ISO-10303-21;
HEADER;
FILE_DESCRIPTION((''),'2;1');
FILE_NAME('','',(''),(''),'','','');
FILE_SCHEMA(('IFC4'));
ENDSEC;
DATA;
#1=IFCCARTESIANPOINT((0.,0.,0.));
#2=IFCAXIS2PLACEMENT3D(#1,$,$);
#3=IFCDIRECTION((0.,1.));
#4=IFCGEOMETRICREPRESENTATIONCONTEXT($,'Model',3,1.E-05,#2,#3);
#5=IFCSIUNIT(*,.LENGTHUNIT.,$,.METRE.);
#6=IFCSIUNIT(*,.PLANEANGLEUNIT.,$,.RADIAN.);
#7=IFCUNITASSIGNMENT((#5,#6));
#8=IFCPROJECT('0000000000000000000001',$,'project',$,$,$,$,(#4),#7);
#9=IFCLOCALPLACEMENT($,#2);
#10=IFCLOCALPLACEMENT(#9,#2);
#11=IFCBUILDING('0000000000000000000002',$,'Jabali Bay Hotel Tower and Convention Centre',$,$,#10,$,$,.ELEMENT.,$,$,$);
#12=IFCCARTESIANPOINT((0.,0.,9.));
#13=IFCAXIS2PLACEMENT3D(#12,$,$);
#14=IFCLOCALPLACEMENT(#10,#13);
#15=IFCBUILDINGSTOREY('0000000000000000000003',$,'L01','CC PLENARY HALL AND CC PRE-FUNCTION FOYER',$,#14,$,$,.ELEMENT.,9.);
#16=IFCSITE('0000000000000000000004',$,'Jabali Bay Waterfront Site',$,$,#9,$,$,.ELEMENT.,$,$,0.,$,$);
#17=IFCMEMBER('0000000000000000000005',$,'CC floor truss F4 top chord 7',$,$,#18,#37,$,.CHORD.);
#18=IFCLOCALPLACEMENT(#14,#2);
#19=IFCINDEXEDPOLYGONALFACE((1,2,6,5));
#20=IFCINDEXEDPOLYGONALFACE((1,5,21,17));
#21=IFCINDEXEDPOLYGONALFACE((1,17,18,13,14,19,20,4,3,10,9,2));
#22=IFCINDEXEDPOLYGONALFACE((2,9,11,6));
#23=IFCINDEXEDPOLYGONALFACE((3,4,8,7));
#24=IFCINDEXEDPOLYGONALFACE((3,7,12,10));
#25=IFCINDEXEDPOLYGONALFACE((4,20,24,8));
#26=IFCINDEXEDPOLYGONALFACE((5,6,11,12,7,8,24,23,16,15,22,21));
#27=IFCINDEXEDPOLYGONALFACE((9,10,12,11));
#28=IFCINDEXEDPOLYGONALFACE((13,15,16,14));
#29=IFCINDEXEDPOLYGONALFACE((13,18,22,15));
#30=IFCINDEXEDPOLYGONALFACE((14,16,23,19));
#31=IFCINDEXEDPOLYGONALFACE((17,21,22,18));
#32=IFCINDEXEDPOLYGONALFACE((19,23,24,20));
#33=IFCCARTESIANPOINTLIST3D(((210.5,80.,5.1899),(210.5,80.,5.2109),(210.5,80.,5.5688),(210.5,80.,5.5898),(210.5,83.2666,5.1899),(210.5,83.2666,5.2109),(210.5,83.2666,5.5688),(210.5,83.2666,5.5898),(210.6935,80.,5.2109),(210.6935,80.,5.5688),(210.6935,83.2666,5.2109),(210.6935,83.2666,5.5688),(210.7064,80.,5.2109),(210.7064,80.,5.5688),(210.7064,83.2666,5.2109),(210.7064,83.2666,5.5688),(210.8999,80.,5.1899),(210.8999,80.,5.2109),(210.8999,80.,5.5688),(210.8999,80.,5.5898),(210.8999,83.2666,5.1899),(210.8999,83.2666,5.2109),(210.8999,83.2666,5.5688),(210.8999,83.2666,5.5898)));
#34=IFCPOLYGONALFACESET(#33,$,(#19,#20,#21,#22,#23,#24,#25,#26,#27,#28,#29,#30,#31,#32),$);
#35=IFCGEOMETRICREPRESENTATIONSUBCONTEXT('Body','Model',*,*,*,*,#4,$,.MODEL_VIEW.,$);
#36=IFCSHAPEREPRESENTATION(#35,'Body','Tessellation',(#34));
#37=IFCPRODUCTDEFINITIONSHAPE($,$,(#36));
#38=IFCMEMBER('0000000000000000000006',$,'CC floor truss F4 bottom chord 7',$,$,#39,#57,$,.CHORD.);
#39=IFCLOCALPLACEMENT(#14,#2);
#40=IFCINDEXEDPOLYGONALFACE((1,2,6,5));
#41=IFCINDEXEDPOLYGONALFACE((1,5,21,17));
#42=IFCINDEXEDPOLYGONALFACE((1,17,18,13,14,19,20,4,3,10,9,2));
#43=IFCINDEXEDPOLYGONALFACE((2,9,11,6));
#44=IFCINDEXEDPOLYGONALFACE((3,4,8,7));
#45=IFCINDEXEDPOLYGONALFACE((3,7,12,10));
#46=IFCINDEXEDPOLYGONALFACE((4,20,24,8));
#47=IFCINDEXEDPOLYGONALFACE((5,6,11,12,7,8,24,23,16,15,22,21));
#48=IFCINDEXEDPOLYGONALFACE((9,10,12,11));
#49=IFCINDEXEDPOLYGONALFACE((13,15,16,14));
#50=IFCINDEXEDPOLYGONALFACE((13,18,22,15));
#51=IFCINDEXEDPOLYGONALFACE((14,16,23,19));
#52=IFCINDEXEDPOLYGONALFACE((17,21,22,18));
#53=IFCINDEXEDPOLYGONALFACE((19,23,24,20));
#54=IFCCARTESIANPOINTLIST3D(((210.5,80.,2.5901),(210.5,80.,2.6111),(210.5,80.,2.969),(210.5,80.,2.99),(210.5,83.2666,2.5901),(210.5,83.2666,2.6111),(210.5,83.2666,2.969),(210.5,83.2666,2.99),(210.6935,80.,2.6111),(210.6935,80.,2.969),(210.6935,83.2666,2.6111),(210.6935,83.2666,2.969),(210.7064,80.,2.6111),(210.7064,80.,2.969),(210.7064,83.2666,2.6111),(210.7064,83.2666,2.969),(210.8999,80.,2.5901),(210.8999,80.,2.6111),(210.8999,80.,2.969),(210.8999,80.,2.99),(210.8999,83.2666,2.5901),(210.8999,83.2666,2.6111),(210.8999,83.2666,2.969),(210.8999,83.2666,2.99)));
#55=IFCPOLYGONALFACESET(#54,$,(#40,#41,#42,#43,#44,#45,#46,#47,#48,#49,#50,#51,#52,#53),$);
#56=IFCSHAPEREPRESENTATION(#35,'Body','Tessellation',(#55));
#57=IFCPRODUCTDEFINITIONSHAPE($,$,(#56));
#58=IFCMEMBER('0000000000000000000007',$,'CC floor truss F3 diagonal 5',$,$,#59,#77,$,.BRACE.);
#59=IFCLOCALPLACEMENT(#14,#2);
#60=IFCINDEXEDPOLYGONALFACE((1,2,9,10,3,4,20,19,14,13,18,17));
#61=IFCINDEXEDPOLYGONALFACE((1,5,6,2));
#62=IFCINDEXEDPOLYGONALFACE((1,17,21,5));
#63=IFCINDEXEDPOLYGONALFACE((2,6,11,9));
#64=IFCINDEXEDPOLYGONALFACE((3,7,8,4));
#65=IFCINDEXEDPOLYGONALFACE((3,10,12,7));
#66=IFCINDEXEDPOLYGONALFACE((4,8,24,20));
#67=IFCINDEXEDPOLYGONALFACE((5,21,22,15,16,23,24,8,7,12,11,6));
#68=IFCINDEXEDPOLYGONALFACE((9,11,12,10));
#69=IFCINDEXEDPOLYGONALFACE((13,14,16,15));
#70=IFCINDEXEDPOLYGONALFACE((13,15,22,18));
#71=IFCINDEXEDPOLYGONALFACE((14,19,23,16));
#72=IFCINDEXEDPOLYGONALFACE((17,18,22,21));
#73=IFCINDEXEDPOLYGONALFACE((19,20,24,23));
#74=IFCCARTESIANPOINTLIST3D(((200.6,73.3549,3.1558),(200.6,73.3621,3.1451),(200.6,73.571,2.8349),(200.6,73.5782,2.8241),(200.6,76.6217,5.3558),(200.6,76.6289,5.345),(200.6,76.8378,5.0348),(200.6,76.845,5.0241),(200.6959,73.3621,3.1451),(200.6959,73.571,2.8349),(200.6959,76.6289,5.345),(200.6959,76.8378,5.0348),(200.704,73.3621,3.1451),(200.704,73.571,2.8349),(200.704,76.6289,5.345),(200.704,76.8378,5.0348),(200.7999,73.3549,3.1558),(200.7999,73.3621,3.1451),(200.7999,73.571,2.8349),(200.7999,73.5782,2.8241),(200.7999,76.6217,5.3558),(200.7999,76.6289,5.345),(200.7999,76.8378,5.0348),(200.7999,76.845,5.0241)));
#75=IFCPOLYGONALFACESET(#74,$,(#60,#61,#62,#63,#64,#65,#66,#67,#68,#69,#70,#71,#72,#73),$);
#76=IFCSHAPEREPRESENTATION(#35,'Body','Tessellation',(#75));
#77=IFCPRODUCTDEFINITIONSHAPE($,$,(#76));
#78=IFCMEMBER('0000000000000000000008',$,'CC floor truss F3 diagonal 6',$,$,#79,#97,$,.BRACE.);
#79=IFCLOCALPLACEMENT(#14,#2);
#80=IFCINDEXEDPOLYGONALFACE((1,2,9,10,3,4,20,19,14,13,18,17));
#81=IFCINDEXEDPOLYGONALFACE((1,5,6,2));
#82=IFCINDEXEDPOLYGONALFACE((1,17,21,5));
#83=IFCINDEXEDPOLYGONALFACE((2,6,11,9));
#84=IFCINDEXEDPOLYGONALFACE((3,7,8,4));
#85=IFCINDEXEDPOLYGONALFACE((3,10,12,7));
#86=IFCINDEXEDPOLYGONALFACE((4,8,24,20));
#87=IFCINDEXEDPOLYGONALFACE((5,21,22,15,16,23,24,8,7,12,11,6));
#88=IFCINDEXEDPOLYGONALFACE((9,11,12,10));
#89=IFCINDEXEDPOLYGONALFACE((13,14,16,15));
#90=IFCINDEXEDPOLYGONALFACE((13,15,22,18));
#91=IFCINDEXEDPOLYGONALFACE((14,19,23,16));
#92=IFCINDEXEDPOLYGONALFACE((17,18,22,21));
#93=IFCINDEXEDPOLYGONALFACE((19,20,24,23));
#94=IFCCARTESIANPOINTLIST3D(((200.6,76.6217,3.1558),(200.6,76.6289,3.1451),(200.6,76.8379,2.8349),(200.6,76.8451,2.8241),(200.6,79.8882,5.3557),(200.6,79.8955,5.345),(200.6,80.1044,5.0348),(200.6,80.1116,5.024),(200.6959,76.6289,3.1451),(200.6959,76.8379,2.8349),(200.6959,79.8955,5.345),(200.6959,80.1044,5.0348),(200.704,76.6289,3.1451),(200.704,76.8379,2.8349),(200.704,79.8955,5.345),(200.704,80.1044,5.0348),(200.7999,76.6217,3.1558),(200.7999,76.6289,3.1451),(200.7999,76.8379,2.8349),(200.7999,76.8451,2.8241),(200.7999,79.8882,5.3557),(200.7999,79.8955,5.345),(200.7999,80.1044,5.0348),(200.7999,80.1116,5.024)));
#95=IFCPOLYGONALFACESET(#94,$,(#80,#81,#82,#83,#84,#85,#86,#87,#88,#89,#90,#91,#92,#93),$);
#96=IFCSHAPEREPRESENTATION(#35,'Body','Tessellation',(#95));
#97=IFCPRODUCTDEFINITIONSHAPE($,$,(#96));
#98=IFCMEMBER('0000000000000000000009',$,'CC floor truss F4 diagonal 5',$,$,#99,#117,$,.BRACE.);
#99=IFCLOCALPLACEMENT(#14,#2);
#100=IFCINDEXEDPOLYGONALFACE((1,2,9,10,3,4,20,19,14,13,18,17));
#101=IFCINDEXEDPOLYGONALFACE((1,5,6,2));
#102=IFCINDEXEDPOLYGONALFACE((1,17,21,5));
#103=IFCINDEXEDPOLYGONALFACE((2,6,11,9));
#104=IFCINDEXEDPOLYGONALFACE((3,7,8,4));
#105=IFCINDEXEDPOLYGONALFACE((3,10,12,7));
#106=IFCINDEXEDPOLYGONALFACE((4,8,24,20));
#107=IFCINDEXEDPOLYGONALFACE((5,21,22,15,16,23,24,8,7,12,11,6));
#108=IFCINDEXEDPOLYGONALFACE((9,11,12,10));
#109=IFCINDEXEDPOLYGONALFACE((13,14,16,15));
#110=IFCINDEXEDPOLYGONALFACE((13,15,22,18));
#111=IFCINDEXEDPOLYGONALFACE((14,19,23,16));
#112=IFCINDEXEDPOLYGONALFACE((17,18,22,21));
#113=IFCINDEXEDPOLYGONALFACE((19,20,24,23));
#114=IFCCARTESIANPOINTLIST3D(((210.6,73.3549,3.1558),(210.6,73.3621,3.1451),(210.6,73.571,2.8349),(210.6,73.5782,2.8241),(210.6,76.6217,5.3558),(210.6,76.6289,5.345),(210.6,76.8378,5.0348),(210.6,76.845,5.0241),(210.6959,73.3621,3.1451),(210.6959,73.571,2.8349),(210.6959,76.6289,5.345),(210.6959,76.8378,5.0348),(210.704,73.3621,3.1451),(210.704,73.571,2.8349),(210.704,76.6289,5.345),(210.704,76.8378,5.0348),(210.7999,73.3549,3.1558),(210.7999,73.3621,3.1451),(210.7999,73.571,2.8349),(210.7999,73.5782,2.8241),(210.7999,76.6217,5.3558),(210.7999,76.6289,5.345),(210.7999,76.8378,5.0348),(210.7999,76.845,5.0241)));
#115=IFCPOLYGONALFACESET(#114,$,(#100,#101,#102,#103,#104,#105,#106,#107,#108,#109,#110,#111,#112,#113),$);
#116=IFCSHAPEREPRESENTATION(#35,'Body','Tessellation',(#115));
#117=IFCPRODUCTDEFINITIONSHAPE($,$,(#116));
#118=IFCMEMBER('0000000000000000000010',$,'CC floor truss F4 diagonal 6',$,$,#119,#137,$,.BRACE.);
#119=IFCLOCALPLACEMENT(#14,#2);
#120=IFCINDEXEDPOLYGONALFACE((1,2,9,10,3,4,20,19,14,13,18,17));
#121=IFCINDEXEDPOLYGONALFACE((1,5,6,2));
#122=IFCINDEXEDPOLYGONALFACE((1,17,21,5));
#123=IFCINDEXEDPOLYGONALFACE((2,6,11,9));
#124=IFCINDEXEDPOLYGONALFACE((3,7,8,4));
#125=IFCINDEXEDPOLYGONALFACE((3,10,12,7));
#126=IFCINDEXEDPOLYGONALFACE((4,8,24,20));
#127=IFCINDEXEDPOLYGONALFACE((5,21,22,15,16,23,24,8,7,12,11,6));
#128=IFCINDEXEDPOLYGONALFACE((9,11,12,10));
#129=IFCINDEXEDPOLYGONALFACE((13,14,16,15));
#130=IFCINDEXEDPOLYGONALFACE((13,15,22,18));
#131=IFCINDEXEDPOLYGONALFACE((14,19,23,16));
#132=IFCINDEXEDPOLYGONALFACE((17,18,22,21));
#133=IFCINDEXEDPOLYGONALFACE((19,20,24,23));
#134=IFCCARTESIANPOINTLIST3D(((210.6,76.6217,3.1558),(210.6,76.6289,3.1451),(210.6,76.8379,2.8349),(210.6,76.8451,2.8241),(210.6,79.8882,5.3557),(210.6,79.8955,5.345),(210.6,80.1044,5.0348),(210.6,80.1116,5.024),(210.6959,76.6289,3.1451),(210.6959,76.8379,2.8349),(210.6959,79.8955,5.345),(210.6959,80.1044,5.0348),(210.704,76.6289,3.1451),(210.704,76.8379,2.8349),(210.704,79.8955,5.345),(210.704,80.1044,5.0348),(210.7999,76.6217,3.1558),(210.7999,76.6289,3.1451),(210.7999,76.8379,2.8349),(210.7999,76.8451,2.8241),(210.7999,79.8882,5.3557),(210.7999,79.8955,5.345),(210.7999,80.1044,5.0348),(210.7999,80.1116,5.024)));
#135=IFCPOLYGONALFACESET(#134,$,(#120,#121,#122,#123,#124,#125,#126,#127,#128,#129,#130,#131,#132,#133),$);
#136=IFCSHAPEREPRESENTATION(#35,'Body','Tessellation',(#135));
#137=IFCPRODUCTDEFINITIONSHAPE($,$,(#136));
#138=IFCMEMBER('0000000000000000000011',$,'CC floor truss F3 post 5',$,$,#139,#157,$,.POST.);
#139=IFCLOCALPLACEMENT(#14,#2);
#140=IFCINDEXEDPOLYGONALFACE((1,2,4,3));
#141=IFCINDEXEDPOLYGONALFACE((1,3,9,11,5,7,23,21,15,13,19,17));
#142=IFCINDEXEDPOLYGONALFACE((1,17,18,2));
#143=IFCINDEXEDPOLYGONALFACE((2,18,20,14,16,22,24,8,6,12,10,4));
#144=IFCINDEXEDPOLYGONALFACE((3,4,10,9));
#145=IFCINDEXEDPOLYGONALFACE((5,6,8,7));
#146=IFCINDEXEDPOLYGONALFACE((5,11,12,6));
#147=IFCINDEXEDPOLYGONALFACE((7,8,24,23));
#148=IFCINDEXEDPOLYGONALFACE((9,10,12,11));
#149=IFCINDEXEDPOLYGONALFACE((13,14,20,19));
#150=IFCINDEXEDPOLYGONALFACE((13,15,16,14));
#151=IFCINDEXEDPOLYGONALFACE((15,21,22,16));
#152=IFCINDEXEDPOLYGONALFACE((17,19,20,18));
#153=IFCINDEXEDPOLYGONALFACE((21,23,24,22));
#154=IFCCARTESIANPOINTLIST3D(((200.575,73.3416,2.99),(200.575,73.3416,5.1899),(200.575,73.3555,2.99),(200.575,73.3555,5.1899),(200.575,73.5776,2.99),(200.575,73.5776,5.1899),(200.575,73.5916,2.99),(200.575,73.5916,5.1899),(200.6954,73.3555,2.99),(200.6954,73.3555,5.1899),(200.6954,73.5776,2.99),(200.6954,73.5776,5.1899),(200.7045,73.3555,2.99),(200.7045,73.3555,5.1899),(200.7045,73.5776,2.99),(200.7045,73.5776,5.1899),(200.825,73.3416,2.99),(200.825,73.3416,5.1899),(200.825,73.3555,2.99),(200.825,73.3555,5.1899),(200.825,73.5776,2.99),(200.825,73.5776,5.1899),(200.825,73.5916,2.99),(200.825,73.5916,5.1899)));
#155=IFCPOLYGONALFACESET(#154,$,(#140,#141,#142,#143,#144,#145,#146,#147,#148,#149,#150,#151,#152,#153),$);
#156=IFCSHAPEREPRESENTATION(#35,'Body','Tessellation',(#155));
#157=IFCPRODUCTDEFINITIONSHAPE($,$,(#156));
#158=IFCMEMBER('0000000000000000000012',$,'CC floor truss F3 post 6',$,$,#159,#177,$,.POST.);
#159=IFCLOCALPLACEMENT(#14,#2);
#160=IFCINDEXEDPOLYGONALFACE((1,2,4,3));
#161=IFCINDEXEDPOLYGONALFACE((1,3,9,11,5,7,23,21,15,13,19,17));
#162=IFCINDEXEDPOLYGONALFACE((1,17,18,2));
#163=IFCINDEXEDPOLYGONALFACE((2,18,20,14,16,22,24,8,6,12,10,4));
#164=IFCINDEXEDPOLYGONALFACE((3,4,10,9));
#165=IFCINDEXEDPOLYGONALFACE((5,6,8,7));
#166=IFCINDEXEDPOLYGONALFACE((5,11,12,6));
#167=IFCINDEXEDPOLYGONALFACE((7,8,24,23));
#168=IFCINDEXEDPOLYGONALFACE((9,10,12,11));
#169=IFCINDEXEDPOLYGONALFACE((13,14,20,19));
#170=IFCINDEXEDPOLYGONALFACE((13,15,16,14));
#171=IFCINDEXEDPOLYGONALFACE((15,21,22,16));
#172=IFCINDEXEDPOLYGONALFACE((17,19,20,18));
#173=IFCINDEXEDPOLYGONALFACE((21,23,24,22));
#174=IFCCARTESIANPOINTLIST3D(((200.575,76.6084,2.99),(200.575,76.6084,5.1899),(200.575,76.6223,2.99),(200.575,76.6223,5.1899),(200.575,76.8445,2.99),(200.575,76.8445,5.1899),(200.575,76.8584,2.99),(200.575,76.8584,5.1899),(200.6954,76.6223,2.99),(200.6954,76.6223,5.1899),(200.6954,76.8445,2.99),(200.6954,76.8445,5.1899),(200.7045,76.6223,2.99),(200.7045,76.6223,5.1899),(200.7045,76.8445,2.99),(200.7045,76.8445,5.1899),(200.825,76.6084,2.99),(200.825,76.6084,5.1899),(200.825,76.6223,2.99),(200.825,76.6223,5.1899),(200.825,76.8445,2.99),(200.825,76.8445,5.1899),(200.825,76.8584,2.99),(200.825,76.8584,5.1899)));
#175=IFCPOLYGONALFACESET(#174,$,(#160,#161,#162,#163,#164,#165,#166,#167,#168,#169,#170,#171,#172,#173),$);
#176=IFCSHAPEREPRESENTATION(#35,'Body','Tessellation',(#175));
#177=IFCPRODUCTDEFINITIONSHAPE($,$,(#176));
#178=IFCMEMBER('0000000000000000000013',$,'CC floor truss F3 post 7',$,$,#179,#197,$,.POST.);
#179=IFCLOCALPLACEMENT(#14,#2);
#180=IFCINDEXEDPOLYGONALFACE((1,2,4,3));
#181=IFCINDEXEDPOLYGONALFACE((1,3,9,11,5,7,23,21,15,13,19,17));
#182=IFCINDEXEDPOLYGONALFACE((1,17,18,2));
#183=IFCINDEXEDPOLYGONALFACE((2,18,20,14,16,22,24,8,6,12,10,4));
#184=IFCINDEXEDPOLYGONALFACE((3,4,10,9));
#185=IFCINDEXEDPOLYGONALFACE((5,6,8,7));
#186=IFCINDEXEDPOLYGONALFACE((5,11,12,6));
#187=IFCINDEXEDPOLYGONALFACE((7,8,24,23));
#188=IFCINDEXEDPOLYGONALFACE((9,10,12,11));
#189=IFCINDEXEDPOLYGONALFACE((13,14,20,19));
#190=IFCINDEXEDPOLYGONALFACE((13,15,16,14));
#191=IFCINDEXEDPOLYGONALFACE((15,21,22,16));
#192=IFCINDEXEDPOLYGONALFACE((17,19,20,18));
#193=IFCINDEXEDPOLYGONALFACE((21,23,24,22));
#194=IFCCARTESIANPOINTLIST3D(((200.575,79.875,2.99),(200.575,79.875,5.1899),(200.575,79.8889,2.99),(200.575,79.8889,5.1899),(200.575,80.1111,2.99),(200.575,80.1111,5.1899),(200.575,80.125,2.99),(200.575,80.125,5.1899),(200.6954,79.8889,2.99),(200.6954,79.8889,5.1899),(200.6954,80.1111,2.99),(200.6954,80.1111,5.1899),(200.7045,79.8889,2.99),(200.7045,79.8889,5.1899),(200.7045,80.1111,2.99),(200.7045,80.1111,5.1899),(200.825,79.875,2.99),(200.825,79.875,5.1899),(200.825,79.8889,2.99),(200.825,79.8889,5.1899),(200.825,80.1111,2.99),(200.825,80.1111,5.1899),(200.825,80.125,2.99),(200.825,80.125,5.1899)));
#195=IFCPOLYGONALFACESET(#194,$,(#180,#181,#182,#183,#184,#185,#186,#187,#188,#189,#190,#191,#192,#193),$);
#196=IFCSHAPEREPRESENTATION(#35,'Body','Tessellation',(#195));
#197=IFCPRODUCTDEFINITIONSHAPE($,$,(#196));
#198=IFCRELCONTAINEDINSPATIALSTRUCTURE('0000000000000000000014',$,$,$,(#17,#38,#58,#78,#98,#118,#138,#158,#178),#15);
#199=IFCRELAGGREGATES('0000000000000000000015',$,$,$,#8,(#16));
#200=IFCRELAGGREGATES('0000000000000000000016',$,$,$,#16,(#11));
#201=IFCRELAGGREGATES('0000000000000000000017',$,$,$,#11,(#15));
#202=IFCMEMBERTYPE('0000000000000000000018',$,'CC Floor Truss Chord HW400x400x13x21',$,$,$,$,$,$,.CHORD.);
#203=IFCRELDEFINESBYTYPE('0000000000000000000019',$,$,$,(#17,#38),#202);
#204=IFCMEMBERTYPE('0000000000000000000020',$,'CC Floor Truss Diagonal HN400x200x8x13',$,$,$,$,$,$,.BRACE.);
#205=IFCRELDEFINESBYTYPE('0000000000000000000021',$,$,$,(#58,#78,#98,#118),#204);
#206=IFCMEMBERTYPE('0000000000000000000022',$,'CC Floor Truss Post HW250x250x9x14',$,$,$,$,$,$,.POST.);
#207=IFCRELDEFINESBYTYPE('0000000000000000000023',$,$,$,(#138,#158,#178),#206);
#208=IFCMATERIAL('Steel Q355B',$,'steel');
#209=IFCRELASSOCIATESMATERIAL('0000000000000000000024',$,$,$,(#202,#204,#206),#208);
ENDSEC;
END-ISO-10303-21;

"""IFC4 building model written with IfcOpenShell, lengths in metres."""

from ifc_helpers import new_model, si_unit, direction, frame, origin, origin_2d, place, context, subcontext, project, spatial, i_section, extrude, material, material_profile, profile_set, type_object, element, save


model = new_model("IFC4")

# Units and contexts
model_context = context("Model", 3, precision=1e-05, world=origin(), true_north=direction((0.0, 1.0)))
body_context = subcontext(model_context, "Body", "Model", "MODEL_VIEW")
ifc_project = project(units=[si_unit("LENGTHUNIT", "METRE"), si_unit("PLANEANGLEUNIT", "RADIAN")], contexts=[model_context])

# Site, building, storey
site_placement = place(None, origin())
site = spatial("IfcSite", under=ifc_project, at=site_placement, Name="Jabali Bay Waterfront Site", CompositionType="ELEMENT", RefElevation=0.0)
building_placement = place(site_placement, origin())
building = spatial("IfcBuilding", under=site, at=building_placement, Name="Jabali Bay Hotel Tower and Convention Centre", CompositionType="ELEMENT")
storey_placement = place(building_placement, frame((0.0, 0.0, 9.0)))
storey = spatial("IfcBuildingStorey", under=building, at=storey_placement, Name="L01", Description="CC PLENARY HALL AND CC PRE-FUNCTION FOYER", CompositionType="ELEMENT", Elevation=9.0)

# Members
ifc_material = material(Name="Steel Q355B", Category="steel")
ifc_material_profile_1 = material_profile(ifc_material, i_section(OverallWidth=0.3999, OverallDepth=0.3999, WebThickness=0.0129, FlangeThickness=0.021, at=origin_2d()), Name="HW400x400x13x21")
ifc_profile_set_1 = profile_set([ifc_material_profile_1], Name="Steel Q355B")
member_type_1 = type_object("IfcMemberType", Name="CC Floor Truss Chord HW400x400x13x21", PredefinedType="CHORD", material=ifc_profile_set_1)
for number, where, z_axis, x_axis, name in (
    (1, (210.7, 80.0, 5.3899), (0.0, 1.0, 0.0), (-1.0, 0.0, 0.0), "CC floor truss F4 top chord 7"),
    (2, (210.7, 80.0, 2.79), (0.0, 1.0, 0.0), (-1.0, 0.0, 0.0), "CC floor truss F4 bottom chord 7"),
):
    element("IfcMember", number, at=place(storey_placement, frame(where, z_axis=z_axis, x_axis=x_axis)), inside=storey, type_object=member_type_1, Name=name, PredefinedType="CHORD", context=body_context, shape_type="SweptSolid", body=[
        extrude(i_section(OverallWidth=0.3999, OverallDepth=0.3999, WebThickness=0.0129, FlangeThickness=0.021, at=origin_2d()), origin(), (0.0, 0.0, 1.0), 3.2666),
    ])
ifc_material_profile_2 = material_profile(ifc_material, i_section(OverallWidth=0.2, OverallDepth=0.3999, WebThickness=0.0081, FlangeThickness=0.0129, at=origin_2d()), Name="HN400x200x8x13")
ifc_profile_set_2 = profile_set([ifc_material_profile_2], Name="Steel Q355B")
member_type_2 = type_object("IfcMemberType", Name="CC Floor Truss Diagonal HN400x200x8x13", PredefinedType="BRACE", material=ifc_profile_set_2)
member_1_placement = place(storey_placement, frame((200.7, 73.4666, 2.99), z_axis=(0.0, 0.829457, 0.558571), x_axis=(-1.0, 0.0, 0.0)))
element("IfcMember", 3, at=member_1_placement, inside=storey, type_object=member_type_2, Name="CC floor truss F3 diagonal 5", PredefinedType="BRACE", context=body_context, shape_type="SweptSolid", body=[
    extrude(i_section(OverallWidth=0.2, OverallDepth=0.3999, WebThickness=0.0081, FlangeThickness=0.0129, at=origin_2d()), origin(), (0.0, 0.0, 1.0), 3.9385),
])
member_2_placement = place(storey_placement, frame((200.7, 76.7334, 2.99), z_axis=(0.0, 0.829438, 0.5586), x_axis=(-1.0, 0.0, 0.0)))
element("IfcMember", 4, at=member_2_placement, inside=storey, type_object=member_type_2, Name="CC floor truss F3 diagonal 6", PredefinedType="BRACE", context=body_context, shape_type="SweptSolid", body=[
    extrude(i_section(OverallWidth=0.2, OverallDepth=0.3999, WebThickness=0.0081, FlangeThickness=0.0129, at=origin_2d()), origin(), (0.0, 0.0, 1.0), 3.9382),
])
member_3_placement = place(storey_placement, frame((210.7, 73.4666, 2.99), z_axis=(0.0, 0.829457, 0.558571), x_axis=(-1.0, 0.0, 0.0)))
element("IfcMember", 5, at=member_3_placement, inside=storey, type_object=member_type_2, Name="CC floor truss F4 diagonal 5", PredefinedType="BRACE", context=body_context, shape_type="SweptSolid", body=[
    extrude(i_section(OverallWidth=0.2, OverallDepth=0.3999, WebThickness=0.0081, FlangeThickness=0.0129, at=origin_2d()), origin(), (0.0, 0.0, 1.0), 3.9385),
])
member_4_placement = place(storey_placement, frame((210.7, 76.7334, 2.99), z_axis=(0.0, 0.829438, 0.5586), x_axis=(-1.0, 0.0, 0.0)))
element("IfcMember", 6, at=member_4_placement, inside=storey, type_object=member_type_2, Name="CC floor truss F4 diagonal 6", PredefinedType="BRACE", context=body_context, shape_type="SweptSolid", body=[
    extrude(i_section(OverallWidth=0.2, OverallDepth=0.3999, WebThickness=0.0081, FlangeThickness=0.0129, at=origin_2d()), origin(), (0.0, 0.0, 1.0), 3.9382),
])
ifc_material_profile_3 = material_profile(ifc_material, i_section(OverallWidth=0.25, OverallDepth=0.25, WebThickness=0.009, FlangeThickness=0.0139, at=origin_2d()), Name="HW250x250x9x14")
ifc_profile_set_3 = profile_set([ifc_material_profile_3], Name="Steel Q355B")
member_type_3 = type_object("IfcMemberType", Name="CC Floor Truss Post HW250x250x9x14", PredefinedType="POST", material=ifc_profile_set_3)
for number, where, z_axis, x_axis, name in (
    (7, (200.7, 73.4666, 2.99), (0.0, 0.0, 1.0), (1.0, 0.0, 0.0), "CC floor truss F3 post 5"),
    (8, (200.7, 76.7334, 2.99), (0.0, 0.0, 1.0), (1.0, 0.0, 0.0), "CC floor truss F3 post 6"),
    (9, (200.7, 80.0, 2.99), (0.0, 0.0, 1.0), (1.0, 0.0, 0.0), "CC floor truss F3 post 7"),
):
    element("IfcMember", number, at=place(storey_placement, frame(where, z_axis=z_axis, x_axis=x_axis)), inside=storey, type_object=member_type_3, Name=name, PredefinedType="POST", context=body_context, shape_type="SweptSolid", body=[
        extrude(i_section(OverallWidth=0.25, OverallDepth=0.25, WebThickness=0.009, FlangeThickness=0.0139, at=origin_2d()), origin(), (0.0, 0.0, 1.0), 2.2),
    ])

save(model, "model.ifc")
